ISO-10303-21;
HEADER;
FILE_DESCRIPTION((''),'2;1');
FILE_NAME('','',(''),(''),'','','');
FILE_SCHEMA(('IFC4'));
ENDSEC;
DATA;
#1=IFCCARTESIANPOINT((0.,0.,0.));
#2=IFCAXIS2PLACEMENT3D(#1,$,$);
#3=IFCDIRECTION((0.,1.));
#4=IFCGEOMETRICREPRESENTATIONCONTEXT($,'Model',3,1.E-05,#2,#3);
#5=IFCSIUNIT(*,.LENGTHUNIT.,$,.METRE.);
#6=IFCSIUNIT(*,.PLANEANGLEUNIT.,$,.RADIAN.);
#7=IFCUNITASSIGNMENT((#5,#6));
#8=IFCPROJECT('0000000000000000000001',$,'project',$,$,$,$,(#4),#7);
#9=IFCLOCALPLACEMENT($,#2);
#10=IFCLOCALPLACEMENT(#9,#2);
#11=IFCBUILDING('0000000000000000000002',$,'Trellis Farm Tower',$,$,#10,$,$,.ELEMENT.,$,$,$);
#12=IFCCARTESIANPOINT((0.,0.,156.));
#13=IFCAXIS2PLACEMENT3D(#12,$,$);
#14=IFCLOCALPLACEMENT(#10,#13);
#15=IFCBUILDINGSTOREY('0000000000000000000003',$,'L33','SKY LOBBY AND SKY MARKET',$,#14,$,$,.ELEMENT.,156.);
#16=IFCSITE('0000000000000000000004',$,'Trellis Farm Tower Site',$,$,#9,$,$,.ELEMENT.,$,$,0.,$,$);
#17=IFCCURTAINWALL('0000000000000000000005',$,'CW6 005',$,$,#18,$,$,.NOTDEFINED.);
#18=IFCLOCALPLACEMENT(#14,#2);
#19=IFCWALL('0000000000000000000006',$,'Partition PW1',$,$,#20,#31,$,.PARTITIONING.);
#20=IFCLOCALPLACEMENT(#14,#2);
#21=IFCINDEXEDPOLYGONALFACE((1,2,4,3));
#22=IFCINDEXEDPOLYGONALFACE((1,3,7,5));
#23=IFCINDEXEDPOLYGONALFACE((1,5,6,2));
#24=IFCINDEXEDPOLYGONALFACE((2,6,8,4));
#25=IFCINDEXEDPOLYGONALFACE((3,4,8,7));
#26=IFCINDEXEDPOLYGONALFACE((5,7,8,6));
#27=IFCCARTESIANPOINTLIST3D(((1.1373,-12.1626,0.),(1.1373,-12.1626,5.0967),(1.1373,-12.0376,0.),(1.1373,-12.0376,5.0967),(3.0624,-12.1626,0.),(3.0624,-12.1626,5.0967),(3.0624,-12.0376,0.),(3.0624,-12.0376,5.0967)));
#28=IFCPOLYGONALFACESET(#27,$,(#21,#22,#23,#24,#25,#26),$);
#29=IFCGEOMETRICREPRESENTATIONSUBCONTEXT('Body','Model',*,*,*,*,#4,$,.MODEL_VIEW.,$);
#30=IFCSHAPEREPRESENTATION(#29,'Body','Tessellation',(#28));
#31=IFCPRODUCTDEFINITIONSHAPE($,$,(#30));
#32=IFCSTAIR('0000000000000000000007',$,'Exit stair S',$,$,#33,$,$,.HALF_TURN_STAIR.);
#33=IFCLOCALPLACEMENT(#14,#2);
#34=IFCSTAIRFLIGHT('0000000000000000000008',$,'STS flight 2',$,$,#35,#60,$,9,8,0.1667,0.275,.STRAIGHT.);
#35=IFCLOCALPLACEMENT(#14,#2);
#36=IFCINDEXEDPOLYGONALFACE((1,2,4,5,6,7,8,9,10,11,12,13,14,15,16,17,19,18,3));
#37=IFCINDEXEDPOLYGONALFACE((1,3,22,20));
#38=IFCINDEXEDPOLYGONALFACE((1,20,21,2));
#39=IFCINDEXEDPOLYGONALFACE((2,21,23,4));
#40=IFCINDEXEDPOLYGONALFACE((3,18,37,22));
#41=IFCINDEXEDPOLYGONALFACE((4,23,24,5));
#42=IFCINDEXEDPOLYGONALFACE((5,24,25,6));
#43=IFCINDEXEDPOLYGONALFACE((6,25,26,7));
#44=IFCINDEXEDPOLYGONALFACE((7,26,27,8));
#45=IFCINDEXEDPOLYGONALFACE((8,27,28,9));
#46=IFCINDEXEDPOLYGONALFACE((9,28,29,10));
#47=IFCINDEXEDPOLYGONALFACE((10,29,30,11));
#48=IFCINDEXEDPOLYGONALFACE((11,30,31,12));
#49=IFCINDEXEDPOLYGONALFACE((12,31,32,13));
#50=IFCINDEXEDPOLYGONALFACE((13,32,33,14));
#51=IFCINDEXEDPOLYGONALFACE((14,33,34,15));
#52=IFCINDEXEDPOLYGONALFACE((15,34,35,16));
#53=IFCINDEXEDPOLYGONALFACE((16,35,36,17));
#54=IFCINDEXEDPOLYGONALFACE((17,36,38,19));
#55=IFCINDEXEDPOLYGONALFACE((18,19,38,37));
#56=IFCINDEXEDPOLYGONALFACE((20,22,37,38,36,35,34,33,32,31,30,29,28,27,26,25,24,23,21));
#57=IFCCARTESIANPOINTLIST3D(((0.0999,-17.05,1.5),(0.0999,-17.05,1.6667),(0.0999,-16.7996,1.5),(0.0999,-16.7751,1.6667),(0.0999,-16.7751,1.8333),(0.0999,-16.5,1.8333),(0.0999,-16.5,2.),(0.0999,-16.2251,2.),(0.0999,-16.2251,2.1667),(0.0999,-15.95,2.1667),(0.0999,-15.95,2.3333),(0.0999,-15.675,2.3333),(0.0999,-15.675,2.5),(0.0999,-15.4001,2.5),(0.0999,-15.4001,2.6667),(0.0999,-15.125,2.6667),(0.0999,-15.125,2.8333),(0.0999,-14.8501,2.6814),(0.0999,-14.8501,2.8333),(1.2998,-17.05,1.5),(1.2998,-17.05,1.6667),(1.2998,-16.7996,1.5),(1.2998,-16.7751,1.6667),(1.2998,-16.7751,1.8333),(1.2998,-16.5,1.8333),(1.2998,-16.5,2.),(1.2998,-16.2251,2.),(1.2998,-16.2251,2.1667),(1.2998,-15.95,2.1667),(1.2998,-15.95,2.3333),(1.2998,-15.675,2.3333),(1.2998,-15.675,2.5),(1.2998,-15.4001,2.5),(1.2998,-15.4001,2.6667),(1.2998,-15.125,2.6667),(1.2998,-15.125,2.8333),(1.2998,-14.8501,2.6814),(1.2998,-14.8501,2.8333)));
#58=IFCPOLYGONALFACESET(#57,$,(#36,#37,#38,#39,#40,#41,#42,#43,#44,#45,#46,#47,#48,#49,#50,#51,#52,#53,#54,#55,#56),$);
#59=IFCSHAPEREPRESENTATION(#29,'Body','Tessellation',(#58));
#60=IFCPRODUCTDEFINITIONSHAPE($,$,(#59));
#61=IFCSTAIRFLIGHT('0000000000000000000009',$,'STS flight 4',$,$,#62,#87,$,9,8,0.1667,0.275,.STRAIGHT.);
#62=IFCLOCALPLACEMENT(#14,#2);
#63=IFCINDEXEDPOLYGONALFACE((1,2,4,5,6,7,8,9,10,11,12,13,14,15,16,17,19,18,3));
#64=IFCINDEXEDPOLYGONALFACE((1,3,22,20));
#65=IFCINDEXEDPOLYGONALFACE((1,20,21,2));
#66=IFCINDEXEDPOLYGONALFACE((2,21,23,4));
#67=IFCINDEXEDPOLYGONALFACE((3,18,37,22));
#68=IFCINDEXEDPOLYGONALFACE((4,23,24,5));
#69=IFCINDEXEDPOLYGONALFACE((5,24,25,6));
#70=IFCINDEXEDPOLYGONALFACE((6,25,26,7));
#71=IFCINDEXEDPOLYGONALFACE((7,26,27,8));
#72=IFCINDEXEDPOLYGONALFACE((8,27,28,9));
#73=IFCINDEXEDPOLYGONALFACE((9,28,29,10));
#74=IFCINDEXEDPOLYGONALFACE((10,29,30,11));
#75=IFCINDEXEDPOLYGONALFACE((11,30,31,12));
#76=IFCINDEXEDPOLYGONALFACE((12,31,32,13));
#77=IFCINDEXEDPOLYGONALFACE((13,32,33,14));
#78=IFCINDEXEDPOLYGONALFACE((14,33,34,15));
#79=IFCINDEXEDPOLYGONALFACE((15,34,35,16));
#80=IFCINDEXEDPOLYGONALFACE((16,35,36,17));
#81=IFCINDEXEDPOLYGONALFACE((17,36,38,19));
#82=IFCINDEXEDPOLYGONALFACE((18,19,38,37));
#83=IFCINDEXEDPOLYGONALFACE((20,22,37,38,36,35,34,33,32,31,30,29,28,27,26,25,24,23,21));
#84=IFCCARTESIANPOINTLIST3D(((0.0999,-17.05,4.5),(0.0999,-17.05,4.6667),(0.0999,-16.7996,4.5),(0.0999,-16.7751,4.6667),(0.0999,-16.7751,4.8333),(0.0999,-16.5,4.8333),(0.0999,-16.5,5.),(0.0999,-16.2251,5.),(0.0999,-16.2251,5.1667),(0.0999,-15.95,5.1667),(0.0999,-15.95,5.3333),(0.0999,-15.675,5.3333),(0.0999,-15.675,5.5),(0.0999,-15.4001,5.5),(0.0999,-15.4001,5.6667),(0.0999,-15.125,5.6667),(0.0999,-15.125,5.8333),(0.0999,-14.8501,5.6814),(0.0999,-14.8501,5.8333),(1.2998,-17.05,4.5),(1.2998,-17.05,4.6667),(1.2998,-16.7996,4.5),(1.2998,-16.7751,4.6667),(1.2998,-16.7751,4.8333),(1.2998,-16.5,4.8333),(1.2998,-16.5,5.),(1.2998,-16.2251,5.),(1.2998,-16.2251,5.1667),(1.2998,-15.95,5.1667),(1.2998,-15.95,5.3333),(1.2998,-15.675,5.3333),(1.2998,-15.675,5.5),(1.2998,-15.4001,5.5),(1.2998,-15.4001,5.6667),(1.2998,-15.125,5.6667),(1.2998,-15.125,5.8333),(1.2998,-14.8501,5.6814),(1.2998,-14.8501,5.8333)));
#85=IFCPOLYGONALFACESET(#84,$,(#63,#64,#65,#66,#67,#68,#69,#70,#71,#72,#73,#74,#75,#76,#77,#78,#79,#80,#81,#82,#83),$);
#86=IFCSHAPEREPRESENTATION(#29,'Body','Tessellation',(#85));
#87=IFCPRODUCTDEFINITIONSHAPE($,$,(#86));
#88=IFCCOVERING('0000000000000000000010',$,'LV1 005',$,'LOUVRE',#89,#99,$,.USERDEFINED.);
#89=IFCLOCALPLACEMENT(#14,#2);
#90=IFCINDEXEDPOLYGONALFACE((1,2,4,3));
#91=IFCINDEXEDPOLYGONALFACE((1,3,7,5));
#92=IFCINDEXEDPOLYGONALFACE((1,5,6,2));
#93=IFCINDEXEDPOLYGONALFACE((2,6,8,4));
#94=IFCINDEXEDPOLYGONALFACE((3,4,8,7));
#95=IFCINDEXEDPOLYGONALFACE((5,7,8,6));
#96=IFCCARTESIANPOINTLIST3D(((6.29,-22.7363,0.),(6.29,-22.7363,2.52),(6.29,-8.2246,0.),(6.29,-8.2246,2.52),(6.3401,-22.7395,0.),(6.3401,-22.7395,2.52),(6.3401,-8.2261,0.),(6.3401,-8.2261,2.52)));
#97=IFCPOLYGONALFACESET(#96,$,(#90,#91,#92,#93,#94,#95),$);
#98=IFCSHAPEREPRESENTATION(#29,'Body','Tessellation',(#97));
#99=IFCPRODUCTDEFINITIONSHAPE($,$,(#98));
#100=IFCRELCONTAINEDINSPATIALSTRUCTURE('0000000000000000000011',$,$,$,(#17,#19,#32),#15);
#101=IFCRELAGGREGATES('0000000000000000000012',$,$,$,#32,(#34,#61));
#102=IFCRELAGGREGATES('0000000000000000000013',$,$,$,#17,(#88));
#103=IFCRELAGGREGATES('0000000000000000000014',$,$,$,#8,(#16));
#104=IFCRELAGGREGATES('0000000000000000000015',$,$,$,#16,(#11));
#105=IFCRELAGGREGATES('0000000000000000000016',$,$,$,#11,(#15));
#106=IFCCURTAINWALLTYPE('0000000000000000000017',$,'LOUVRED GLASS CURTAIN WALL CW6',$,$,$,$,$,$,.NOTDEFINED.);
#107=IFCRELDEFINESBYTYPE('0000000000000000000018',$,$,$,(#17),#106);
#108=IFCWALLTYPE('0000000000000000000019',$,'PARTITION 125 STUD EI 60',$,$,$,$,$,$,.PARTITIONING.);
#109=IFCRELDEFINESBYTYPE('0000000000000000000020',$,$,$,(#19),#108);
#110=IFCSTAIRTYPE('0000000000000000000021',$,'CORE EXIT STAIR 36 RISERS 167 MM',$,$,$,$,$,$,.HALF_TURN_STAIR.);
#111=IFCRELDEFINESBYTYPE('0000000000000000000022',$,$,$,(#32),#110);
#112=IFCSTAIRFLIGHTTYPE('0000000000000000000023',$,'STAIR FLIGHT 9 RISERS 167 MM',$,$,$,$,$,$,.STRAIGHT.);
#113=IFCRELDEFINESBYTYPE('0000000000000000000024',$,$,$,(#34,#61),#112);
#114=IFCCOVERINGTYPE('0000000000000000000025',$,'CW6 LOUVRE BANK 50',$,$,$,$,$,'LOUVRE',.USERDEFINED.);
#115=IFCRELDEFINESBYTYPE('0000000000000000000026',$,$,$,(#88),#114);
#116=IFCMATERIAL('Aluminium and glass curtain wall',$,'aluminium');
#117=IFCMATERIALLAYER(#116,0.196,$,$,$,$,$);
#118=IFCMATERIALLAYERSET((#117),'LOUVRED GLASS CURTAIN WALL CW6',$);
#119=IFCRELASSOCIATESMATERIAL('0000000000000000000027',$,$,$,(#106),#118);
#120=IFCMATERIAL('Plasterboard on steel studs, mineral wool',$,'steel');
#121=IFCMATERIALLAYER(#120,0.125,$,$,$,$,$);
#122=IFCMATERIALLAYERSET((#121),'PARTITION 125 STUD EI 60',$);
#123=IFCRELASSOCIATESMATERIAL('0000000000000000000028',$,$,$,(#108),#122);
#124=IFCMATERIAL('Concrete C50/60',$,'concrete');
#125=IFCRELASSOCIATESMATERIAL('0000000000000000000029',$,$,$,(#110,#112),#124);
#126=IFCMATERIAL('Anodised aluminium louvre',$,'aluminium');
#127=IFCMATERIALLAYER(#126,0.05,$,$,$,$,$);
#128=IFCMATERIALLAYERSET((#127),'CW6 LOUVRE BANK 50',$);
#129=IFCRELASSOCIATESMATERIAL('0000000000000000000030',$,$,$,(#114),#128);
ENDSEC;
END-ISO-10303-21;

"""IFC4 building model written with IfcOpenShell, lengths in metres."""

from ifc_helpers import new_model, si_unit, direction, frame, frame_2d, origin, place, context, subcontext, project, spatial, polyline, rectangle, outline, extrude, source, transform, mapped, material, layer, layer_set, type_object, element, aggregate, save


model = new_model("IFC4")

# Units and contexts
model_context = context("Model", 3, precision=1e-05, world=origin(), true_north=direction((0.0, 1.0)))
body_context = subcontext(model_context, "Body", "Model", "MODEL_VIEW")
ifc_project = project(units=[si_unit("LENGTHUNIT", "METRE"), si_unit("PLANEANGLEUNIT", "RADIAN")], contexts=[model_context])

# Site, building, storey
site_placement = place(None, origin())
site = spatial("IfcSite", under=ifc_project, at=site_placement, Name="Trellis Farm Tower Site", CompositionType="ELEMENT", RefElevation=0.0)
building_placement = place(site_placement, origin())
building = spatial("IfcBuilding", under=site, at=building_placement, Name="Trellis Farm Tower", CompositionType="ELEMENT")
storey_placement = place(building_placement, frame((0.0, 0.0, 156.0)))
storey = spatial("IfcBuildingStorey", under=building, at=storey_placement, Name="L33", Description="SKY LOBBY AND SKY MARKET", CompositionType="ELEMENT", Elevation=156.0)

# Curtain wall
ifc_material_1 = material(Name="Aluminium and glass curtain wall", Category="aluminium")
ifc_layer_1 = layer(ifc_material_1, 0.196)
ifc_layer_set_1 = layer_set([ifc_layer_1], Name="LOUVRED GLASS CURTAIN WALL CW6")
curtain_wall_type = type_object("IfcCurtainWallType", Name="LOUVRED GLASS CURTAIN WALL CW6", PredefinedType="NOTDEFINED", material=ifc_layer_set_1)
placement = place(storey_placement, origin())
curtain_wall = element("IfcCurtainWall", 1, at=placement, inside=storey, type_object=curtain_wall_type, Name="CW6 005", PredefinedType="NOTDEFINED")

# Shared definitions
ifc_material_2 = material(Name="Plasterboard on steel studs, mineral wool", Category="steel")
ifc_layer_2 = layer(ifc_material_2, 0.125)
ifc_layer_set_2 = layer_set([ifc_layer_2], Name="PARTITION 125 STUD EI 60")
wall_type_1 = type_object("IfcWallType", Name="PARTITION 125 STUD EI 60", PredefinedType="PARTITIONING", material=ifc_layer_set_2)

# Wall
shared_shape_1 = source(origin(), body_context, "Body", "SweptSolid", [
    extrude(rectangle(XDim=1.925, YDim=0.125, at=frame_2d((0.9624, 0.0))), origin(), (0.0, 0.0, 1.0), 5.0967),
])
wall_1_placement = place(storey_placement, frame((1.1375, -12.1001, 0.0), z_axis=(0.0, 0.0, 1.0), x_axis=(1.0, 0.0, 0.0)))
element("IfcWall", 2, at=wall_1_placement, inside=storey, type_object=wall_type_1, Name="Partition PW1", PredefinedType="PARTITIONING", context=body_context, shape_type="MappedRepresentation", body=[
    mapped(shared_shape_1, transform((0.0, 0.0, 0.0))),
])

# Stair, stair flights
ifc_material_3 = material(Name="Concrete C50/60", Category="concrete")
stair_type = type_object("IfcStairType", Name="CORE EXIT STAIR 36 RISERS 167 MM", PredefinedType="HALF_TURN_STAIR", material=ifc_material_3)
stair = element("IfcStair", 3, at=placement, inside=storey, type_object=stair_type, Name="Exit stair S", PredefinedType="HALF_TURN_STAIR")
stair_flight_type = type_object("IfcStairFlightType", Name="STAIR FLIGHT 9 RISERS 167 MM", PredefinedType="STRAIGHT", material=ifc_material_3)
shared_shape_2 = source(origin(), body_context, "Body", "SweptSolid", [
    extrude(outline(polyline([(0.0, 0.0), (0.0, 0.1667), (0.2749, 0.1667), (0.2749, 0.3333), (0.55, 0.3333), (0.55, 0.5), (0.825, 0.5), (0.825, 0.6667), (1.1001, 0.6667), (1.1001, 0.8333), (1.375, 0.8333), (1.375, 1.0), (1.6499, 1.0), (1.6499, 1.1667), (1.925, 1.1667), (1.925, 1.3333), (2.2, 1.3333), (2.2, 1.5), (2.2, 1.1814), (0.2505, 0.0), (0.0, 0.0)])), frame((0.0, 0.6001, 0.0), z_axis=(0.0, -1.0, 0.0), x_axis=(1.0, 0.0, 0.0)), (0.0, 0.0, 1.0), 1.2),
])
stair_flight_1_placement = place(storey_placement, frame((0.7, -17.05, 1.5), z_axis=(0.0, 0.0, 1.0), x_axis=(0.0, 1.0, 0.0)))
stair_flight_1 = element("IfcStairFlight", 4, at=stair_flight_1_placement, type_object=stair_flight_type, Name="STS flight 2", NumberOfRisers=9, NumberOfTreads=8, PredefinedType="STRAIGHT", RiserHeight=0.1667, TreadLength=0.275, context=body_context, shape_type="MappedRepresentation", body=[
    mapped(shared_shape_2, transform((0.0, 0.0, 0.0))),
])
stair_flight_2_placement = place(storey_placement, frame((0.7, -17.05, 4.5), z_axis=(0.0, 0.0, 1.0), x_axis=(0.0, 1.0, 0.0)))
stair_flight_2 = element("IfcStairFlight", 5, at=stair_flight_2_placement, type_object=stair_flight_type, Name="STS flight 4", NumberOfRisers=9, NumberOfTreads=8, PredefinedType="STRAIGHT", RiserHeight=0.1667, TreadLength=0.275, context=body_context, shape_type="MappedRepresentation", body=[
    mapped(shared_shape_2, transform((0.0, 0.0, 0.0))),
])
aggregate(stair, [stair_flight_1, stair_flight_2])

# Covering
ifc_material_4 = material(Name="Anodised aluminium louvre", Category="aluminium")
ifc_layer_3 = layer(ifc_material_4, 0.05)
ifc_layer_set_3 = layer_set([ifc_layer_3], Name="CW6 LOUVRE BANK 50")
covering_type = type_object("IfcCoveringType", Name="CW6 LOUVRE BANK 50", ElementType="LOUVRE", PredefinedType="USERDEFINED", material=ifc_layer_set_3)
covering = element("IfcCovering", 6, at=placement, type_object=covering_type, Name="LV1 005", ObjectType="LOUVRE", PredefinedType="USERDEFINED", context=body_context, shape_type="SweptSolid", body=[
    extrude(outline(polyline([(6.3401, -22.7395), (6.3401, -8.2261), (6.29, -8.2246), (6.29, -22.7363), (6.3401, -22.7395)])), origin(), (0.0, 0.0, 1.0), 2.52),
])
aggregate(curtain_wall, [covering])

save(model, "model.ifc")
